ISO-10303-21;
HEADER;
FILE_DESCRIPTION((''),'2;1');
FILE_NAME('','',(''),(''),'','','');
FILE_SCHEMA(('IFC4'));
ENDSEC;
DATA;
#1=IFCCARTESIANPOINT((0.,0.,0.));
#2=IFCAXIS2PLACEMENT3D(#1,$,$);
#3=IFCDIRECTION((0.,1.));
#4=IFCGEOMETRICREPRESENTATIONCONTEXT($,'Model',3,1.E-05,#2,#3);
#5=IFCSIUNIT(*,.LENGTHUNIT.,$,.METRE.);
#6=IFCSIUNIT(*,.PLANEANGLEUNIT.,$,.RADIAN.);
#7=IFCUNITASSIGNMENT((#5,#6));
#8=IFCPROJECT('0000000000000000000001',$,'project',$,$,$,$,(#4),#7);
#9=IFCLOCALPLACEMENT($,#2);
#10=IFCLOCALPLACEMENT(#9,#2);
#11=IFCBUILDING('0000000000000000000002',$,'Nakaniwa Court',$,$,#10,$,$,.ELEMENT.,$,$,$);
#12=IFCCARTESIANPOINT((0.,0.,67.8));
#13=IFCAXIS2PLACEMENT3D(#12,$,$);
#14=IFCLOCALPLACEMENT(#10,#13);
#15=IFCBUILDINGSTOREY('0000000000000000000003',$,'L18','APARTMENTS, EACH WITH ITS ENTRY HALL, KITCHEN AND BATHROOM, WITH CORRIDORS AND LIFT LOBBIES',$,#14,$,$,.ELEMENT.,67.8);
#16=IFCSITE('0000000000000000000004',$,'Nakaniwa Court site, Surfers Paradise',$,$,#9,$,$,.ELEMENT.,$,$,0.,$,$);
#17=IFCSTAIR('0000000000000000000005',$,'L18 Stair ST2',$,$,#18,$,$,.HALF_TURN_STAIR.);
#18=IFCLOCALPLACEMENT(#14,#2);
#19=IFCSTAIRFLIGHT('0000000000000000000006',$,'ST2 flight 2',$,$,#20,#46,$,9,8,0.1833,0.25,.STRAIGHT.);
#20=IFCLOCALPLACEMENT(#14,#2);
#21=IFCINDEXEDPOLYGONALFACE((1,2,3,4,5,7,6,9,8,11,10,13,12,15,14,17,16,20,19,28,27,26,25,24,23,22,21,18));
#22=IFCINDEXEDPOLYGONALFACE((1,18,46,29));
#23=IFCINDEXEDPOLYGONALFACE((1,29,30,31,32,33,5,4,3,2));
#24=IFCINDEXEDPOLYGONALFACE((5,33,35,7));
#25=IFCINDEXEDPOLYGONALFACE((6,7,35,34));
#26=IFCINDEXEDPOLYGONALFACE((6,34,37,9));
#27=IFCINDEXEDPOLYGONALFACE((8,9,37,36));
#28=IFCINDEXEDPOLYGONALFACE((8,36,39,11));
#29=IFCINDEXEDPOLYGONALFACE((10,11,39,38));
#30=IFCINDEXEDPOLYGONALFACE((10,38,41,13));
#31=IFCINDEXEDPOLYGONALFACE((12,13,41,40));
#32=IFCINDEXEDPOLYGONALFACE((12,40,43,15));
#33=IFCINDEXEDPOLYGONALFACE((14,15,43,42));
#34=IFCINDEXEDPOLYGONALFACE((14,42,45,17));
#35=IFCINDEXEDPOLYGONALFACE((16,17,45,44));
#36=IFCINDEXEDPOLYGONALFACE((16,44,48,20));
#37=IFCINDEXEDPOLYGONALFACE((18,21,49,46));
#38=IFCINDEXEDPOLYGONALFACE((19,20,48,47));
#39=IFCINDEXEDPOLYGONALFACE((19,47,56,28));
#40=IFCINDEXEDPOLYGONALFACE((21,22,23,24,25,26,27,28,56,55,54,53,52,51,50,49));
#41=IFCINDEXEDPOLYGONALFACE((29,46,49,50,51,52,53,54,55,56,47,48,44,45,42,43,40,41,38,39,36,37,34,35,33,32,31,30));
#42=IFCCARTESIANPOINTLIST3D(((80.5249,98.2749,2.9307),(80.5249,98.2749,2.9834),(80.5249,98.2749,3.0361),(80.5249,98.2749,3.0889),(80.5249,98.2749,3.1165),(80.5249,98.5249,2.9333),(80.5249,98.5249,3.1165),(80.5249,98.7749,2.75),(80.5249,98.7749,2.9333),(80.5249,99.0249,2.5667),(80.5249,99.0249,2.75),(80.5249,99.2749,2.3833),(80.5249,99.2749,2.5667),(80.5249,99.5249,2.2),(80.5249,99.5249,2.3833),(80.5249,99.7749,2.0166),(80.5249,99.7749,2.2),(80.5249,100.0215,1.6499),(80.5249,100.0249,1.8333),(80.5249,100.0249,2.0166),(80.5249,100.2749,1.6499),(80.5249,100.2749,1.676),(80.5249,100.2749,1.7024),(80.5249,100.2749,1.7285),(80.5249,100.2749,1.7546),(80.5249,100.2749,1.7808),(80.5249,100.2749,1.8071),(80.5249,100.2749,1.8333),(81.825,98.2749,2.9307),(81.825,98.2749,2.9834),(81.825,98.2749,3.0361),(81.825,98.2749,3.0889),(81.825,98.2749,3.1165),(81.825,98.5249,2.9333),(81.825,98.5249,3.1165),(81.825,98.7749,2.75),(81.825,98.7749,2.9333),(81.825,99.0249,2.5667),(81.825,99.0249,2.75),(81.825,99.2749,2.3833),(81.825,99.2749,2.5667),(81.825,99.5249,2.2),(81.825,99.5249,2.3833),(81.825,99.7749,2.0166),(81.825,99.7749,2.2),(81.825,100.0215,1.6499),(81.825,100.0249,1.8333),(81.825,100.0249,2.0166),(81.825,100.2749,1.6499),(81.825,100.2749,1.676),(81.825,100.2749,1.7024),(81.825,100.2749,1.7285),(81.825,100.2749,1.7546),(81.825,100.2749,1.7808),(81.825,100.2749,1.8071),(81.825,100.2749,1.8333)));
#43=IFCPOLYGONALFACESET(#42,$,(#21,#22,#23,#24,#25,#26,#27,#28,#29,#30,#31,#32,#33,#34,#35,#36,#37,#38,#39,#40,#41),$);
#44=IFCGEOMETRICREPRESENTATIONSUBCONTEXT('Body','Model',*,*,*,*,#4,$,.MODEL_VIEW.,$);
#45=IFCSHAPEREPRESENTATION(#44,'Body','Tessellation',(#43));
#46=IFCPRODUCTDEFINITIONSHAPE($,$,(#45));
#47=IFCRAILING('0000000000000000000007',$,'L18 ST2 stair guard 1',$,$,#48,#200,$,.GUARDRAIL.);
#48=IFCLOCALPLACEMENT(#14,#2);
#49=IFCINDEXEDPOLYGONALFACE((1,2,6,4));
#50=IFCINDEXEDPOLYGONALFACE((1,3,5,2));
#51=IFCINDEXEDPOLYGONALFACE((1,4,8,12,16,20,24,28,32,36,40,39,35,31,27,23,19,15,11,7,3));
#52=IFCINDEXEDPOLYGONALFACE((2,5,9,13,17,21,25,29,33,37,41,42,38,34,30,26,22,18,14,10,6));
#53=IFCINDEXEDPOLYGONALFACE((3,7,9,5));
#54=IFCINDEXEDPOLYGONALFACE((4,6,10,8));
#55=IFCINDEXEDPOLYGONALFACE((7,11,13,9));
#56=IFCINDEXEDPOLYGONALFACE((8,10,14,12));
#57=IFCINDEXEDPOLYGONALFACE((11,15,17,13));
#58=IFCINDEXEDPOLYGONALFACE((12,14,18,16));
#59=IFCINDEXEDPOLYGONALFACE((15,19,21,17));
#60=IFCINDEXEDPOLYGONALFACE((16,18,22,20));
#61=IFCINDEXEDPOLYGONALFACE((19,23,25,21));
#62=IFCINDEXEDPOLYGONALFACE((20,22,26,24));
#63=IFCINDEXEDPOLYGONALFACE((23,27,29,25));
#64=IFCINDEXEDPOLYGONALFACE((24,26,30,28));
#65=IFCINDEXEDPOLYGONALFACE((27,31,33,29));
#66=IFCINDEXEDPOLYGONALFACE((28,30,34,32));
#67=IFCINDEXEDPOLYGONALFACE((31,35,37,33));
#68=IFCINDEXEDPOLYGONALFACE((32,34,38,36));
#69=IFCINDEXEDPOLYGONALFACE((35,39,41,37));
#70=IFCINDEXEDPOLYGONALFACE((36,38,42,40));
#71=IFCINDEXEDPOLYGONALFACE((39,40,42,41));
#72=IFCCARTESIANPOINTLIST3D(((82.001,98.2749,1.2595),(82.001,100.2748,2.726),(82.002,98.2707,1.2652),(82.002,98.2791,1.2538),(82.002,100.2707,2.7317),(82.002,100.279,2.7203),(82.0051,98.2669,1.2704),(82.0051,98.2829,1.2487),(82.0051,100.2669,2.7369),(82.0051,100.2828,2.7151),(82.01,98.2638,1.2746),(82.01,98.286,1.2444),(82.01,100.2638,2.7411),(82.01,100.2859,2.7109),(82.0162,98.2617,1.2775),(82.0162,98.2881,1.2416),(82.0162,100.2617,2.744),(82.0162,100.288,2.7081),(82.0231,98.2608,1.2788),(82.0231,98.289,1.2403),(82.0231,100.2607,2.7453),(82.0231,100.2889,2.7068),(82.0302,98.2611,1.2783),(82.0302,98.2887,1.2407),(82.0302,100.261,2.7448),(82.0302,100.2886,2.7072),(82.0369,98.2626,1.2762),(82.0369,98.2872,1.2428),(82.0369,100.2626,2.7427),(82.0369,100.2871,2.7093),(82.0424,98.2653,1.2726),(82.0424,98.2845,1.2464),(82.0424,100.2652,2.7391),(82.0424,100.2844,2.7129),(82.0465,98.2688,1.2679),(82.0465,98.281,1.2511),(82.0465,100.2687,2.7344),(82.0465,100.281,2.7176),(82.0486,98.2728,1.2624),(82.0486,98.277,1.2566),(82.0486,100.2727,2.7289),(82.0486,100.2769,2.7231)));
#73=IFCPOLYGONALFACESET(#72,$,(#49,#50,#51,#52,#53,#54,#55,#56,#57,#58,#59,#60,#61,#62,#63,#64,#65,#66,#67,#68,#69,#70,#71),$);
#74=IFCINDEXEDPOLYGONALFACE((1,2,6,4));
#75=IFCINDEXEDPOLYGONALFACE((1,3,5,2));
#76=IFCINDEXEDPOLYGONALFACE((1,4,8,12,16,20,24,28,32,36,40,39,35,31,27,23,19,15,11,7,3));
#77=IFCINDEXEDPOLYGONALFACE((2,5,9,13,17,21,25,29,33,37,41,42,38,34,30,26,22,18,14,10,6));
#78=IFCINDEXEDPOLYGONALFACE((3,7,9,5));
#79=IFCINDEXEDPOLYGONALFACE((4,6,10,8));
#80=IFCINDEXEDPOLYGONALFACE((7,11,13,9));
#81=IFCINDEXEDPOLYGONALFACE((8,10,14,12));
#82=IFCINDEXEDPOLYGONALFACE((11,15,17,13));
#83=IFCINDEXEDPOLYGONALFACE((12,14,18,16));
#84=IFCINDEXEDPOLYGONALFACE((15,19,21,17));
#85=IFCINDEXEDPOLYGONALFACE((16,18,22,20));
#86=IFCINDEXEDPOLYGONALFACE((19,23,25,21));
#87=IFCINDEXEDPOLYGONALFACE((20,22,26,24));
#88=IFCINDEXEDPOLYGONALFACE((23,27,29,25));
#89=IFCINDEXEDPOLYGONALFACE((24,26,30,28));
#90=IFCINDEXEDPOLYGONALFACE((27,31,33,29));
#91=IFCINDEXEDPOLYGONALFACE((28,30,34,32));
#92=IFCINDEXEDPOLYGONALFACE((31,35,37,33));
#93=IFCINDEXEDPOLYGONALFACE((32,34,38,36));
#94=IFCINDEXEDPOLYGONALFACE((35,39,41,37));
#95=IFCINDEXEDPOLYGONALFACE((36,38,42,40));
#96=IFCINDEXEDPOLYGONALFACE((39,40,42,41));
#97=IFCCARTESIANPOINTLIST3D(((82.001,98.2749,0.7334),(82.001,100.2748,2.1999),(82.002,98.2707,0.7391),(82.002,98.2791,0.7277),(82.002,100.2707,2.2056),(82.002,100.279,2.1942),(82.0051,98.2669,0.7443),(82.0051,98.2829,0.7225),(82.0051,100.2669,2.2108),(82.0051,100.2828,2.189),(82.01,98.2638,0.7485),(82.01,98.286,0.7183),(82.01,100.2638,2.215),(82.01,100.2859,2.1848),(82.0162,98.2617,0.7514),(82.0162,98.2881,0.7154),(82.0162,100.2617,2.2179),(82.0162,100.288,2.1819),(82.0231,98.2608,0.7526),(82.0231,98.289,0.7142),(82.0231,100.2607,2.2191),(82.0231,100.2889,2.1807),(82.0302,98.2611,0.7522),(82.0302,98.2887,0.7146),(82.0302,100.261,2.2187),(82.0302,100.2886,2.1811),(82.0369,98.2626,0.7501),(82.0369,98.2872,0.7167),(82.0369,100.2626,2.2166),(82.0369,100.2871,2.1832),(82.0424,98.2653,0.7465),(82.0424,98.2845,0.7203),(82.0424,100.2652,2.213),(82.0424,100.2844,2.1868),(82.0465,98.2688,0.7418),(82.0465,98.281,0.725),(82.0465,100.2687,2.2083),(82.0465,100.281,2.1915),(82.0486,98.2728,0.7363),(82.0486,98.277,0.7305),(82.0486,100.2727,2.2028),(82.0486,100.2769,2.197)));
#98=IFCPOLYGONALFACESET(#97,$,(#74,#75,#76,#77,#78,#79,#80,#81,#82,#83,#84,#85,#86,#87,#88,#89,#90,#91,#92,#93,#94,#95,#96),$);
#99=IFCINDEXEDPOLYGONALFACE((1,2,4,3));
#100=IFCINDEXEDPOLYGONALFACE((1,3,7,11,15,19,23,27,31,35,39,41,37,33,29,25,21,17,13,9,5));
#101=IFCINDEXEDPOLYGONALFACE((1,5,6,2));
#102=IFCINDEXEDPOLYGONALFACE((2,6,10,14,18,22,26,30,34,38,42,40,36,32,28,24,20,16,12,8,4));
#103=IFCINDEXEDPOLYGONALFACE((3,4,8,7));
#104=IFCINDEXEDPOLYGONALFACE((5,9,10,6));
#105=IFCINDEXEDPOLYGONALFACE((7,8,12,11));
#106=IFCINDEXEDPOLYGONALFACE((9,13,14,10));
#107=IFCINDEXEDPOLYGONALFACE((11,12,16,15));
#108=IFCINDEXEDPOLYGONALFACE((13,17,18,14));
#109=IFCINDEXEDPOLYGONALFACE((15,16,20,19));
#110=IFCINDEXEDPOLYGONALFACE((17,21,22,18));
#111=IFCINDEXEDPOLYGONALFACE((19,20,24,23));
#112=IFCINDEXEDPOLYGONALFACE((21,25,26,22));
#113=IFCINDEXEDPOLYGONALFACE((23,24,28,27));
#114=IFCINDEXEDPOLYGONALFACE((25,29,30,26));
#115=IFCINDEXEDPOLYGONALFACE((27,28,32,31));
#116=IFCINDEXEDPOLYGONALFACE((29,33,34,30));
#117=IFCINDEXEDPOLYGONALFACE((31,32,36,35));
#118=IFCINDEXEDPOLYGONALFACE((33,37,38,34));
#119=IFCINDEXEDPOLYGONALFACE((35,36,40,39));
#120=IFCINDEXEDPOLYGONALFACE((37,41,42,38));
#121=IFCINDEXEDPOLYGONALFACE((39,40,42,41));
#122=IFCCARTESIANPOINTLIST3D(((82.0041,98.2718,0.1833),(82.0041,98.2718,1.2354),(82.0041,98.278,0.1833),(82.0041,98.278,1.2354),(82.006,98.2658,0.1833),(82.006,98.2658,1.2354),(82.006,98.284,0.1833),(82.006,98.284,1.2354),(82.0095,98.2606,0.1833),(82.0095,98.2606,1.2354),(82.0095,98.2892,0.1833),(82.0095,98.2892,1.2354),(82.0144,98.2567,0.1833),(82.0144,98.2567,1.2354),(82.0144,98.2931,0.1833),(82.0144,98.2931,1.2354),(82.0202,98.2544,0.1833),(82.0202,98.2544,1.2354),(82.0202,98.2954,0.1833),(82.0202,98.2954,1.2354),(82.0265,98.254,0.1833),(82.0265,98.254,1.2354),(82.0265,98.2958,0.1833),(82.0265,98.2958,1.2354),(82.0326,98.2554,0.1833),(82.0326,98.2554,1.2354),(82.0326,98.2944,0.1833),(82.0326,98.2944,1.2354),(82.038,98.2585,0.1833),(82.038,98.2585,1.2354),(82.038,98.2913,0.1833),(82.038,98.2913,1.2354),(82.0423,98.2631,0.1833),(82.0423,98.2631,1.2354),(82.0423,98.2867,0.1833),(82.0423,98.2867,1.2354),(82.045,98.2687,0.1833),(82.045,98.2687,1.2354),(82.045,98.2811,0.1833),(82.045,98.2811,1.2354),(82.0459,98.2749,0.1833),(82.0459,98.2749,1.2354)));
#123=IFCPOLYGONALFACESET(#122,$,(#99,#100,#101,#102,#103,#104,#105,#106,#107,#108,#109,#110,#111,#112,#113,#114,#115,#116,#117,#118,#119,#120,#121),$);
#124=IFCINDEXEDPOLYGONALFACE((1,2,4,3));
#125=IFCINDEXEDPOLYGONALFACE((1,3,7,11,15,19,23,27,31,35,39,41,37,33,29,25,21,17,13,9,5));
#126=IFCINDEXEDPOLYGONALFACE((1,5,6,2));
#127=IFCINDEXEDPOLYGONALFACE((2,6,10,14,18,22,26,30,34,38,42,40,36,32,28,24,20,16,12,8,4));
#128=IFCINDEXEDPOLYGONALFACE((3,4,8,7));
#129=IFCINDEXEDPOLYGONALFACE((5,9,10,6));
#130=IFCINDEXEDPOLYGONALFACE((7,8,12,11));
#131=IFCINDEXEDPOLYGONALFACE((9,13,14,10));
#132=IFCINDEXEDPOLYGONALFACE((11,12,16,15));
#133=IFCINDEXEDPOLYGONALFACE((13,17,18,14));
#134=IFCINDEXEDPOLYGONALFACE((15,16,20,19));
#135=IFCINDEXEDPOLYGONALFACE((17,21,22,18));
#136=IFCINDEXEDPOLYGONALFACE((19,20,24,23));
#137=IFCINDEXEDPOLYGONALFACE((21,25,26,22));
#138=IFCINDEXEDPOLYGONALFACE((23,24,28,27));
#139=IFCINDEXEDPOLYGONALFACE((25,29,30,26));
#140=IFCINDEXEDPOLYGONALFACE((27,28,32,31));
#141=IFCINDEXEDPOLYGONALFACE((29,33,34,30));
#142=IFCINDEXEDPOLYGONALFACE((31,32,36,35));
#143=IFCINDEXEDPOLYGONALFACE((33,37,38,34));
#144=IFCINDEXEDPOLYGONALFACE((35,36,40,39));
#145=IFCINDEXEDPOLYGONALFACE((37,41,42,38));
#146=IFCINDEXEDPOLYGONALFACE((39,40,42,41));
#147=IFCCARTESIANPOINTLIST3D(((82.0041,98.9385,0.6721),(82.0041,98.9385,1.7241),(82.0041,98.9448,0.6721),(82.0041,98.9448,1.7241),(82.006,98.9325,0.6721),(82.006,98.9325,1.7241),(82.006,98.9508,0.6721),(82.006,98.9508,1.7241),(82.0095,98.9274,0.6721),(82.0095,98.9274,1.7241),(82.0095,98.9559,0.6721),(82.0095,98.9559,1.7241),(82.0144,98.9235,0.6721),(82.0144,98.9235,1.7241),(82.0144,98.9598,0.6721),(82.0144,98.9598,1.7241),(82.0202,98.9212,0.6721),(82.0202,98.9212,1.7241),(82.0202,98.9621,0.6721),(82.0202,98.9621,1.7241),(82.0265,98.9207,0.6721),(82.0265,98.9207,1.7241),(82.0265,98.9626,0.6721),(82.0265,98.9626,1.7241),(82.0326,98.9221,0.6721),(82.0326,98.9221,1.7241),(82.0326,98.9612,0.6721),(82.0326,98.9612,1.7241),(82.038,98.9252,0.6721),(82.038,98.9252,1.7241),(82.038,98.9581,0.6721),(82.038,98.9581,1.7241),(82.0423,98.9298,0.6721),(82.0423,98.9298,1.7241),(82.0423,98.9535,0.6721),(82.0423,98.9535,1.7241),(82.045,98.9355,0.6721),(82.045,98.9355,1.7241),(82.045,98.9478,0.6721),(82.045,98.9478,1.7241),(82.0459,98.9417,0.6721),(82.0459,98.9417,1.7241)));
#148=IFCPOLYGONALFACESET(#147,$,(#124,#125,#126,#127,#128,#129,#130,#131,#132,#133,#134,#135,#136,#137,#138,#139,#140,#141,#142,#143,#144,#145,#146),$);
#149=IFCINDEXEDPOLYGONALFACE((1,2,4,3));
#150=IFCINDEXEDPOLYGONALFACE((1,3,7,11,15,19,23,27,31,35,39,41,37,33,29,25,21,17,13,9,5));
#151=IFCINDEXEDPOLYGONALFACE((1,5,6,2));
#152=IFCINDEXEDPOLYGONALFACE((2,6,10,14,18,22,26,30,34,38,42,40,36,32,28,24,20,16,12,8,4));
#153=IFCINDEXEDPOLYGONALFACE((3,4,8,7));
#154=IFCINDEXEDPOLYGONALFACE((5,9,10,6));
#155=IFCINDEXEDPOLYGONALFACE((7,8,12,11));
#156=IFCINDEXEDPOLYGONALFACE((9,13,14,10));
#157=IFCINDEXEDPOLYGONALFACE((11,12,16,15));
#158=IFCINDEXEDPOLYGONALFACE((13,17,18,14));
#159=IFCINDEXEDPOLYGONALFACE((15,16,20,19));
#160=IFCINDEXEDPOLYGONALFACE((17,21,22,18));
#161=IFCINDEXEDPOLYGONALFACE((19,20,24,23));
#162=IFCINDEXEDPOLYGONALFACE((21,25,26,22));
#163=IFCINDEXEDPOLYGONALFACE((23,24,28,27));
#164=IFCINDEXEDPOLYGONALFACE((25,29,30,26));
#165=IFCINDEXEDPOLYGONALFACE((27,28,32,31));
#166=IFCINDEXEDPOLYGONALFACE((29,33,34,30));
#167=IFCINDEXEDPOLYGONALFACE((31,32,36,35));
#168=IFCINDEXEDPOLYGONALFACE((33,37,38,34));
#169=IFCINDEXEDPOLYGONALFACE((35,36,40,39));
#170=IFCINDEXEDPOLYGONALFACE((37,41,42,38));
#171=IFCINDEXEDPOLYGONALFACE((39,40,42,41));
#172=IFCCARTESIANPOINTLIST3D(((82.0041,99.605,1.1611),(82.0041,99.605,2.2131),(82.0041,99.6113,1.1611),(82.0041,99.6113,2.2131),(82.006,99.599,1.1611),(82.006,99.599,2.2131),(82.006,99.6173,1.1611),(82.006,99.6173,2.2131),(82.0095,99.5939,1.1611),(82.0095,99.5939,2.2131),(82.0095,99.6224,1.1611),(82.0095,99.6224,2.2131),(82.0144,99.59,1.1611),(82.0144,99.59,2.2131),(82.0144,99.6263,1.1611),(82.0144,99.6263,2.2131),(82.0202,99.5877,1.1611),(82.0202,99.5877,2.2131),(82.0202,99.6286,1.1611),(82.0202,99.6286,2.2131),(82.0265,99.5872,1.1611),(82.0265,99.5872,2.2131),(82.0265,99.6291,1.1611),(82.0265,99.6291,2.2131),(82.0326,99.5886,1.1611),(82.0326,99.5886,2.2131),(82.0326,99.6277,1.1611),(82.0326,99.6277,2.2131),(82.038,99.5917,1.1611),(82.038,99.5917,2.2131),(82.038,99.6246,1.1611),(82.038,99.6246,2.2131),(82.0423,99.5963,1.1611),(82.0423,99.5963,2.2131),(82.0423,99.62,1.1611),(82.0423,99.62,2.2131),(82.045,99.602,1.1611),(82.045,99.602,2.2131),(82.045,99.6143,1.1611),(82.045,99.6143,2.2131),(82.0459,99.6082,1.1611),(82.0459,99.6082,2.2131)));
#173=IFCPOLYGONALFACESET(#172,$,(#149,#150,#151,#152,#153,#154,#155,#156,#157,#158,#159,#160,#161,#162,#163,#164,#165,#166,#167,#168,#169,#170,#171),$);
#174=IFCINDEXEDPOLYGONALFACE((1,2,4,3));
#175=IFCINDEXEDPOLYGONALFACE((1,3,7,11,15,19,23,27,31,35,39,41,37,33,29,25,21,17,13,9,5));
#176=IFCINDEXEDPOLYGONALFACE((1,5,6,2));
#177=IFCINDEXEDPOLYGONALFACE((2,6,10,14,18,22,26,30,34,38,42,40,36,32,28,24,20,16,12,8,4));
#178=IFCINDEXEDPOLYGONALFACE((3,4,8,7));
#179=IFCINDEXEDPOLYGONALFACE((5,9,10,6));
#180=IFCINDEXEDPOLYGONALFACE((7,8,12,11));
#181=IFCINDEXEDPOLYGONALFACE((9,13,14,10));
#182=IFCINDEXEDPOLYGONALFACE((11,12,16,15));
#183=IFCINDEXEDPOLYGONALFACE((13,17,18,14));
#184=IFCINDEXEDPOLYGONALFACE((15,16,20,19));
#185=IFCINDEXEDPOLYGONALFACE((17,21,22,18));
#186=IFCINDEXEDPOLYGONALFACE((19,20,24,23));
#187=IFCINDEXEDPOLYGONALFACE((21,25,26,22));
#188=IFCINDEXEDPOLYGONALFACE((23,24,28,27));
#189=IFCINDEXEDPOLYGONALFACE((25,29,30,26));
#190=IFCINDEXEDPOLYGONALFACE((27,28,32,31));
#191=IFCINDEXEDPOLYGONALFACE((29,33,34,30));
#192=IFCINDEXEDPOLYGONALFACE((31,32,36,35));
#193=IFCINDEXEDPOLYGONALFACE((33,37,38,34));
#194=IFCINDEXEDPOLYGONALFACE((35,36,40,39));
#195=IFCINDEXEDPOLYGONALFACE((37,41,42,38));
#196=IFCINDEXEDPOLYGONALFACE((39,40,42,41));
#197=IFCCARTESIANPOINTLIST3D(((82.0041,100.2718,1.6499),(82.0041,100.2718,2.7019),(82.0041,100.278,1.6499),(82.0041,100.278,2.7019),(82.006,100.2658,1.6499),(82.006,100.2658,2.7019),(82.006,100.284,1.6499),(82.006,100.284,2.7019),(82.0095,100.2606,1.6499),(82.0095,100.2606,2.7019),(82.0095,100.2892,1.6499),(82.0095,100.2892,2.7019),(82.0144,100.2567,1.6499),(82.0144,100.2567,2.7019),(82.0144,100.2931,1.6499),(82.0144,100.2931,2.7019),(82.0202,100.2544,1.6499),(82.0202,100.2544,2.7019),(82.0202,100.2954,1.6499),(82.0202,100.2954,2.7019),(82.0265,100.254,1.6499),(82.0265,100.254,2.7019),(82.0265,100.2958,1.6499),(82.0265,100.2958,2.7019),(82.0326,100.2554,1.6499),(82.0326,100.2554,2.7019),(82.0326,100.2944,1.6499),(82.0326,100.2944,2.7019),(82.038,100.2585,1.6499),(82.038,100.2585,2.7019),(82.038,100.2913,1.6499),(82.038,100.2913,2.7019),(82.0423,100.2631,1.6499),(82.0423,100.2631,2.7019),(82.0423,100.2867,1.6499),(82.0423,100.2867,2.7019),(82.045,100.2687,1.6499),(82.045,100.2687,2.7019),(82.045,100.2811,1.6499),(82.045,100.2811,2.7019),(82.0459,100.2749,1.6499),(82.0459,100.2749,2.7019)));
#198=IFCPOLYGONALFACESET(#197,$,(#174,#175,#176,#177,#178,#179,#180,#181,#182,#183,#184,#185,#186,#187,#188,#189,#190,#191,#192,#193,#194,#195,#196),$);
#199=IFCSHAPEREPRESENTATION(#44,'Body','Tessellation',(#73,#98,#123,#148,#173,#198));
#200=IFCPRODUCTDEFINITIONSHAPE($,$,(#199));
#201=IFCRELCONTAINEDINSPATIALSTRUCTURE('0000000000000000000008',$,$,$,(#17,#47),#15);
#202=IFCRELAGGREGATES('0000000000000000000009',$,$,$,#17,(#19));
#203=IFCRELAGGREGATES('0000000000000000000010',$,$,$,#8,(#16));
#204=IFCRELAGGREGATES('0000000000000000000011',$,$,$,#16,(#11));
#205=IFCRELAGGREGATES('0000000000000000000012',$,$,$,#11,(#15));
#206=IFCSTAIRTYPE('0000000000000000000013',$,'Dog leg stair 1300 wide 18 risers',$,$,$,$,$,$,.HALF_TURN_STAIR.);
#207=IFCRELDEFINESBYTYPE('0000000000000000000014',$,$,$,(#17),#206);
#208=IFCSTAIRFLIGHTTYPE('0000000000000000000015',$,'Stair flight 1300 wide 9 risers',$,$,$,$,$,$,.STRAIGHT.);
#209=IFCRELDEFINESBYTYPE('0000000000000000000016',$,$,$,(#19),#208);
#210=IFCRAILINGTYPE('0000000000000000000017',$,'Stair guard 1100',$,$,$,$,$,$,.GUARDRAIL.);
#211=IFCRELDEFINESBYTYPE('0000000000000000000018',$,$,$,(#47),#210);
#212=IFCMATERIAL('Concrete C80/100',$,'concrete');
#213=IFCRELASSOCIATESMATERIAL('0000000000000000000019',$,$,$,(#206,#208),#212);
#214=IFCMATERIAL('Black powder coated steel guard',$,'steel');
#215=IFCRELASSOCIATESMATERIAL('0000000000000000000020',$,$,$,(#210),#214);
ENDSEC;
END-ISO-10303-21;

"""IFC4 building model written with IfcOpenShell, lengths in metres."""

from ifc_helpers import new_model, si_unit, direction, frame, origin, origin_2d, place, context, subcontext, project, spatial, polyline, circle, outline, extrude, material, type_object, element, aggregate, save


model = new_model("IFC4")

# Units and contexts
model_context = context("Model", 3, precision=1e-05, world=origin(), true_north=direction((0.0, 1.0)))
body_context = subcontext(model_context, "Body", "Model", "MODEL_VIEW")
ifc_project = project(units=[si_unit("LENGTHUNIT", "METRE"), si_unit("PLANEANGLEUNIT", "RADIAN")], contexts=[model_context])

# Site, building, storey
site_placement = place(None, origin())
site = spatial("IfcSite", under=ifc_project, at=site_placement, Name="Nakaniwa Court site, Surfers Paradise", CompositionType="ELEMENT", RefElevation=0.0)
building_placement = place(site_placement, origin())
building = spatial("IfcBuilding", under=site, at=building_placement, Name="Nakaniwa Court", CompositionType="ELEMENT")
storey_placement = place(building_placement, frame((0.0, 0.0, 67.8)))
storey = spatial("IfcBuildingStorey", under=building, at=storey_placement, Name="L18", Description="APARTMENTS, EACH WITH ITS ENTRY HALL, KITCHEN AND BATHROOM, WITH CORRIDORS AND LIFT LOBBIES", CompositionType="ELEMENT", Elevation=67.8)

# Shared definitions
ifc_material_1 = material(Name="Concrete C80/100", Category="concrete")

# Stair, stair flight
stair_type = type_object("IfcStairType", Name="Dog leg stair 1300 wide 18 risers", PredefinedType="HALF_TURN_STAIR", material=ifc_material_1)
stair_placement = place(storey_placement, origin())
stair = element("IfcStair", 1, at=stair_placement, inside=storey, type_object=stair_type, Name="L18 Stair ST2", PredefinedType="HALF_TURN_STAIR")
stair_flight_type = type_object("IfcStairFlightType", Name="Stair flight 1300 wide 9 risers", PredefinedType="STRAIGHT", material=ifc_material_1)
stair_flight_1_placement = place(storey_placement, frame((81.175, 100.2749, 1.6499), z_axis=(0.0, 0.0, 1.0), x_axis=(0.0, -1.0, 0.0)))
stair_flight_1 = element("IfcStairFlight", 2, at=stair_flight_1_placement, type_object=stair_flight_type, Name="ST2 flight 2", NumberOfRisers=9, NumberOfTreads=8, PredefinedType="STRAIGHT", RiserHeight=0.1833, TreadLength=0.25, context=body_context, shape_type="SweptSolid", body=[
    extrude(outline(polyline([(0.0, 0.0), (0.0, 0.0261), (0.0, 0.0525), (0.0, 0.0786), (0.0, 0.1047), (0.0, 0.1309), (0.0, 0.1572), (0.0, 0.1833), (0.25, 0.1833), (0.25, 0.3667), (0.5, 0.3667), (0.5, 0.55), (0.75, 0.55), (0.75, 0.7334), (1.0, 0.7334), (1.0, 0.9167), (1.25, 0.9167), (1.25, 1.1001), (1.5, 1.1001), (1.5, 1.2834), (1.75, 1.2834), (1.75, 1.4666), (2.0, 1.4666), (2.0, 1.6499), (2.0, 1.5972), (2.0, 1.5444), (2.0, 1.4917), (2.0, 1.439), (2.0, 1.3862), (2.0, 1.3335), (2.0, 1.2808), (0.2534, 0.0), (0.0, 0.0)])), frame((0.0, 0.6499, 0.0), z_axis=(0.0, -1.0, 0.0), x_axis=(1.0, 0.0, 0.0)), (0.0, 0.0, 1.0), 1.3),
])
aggregate(stair, [stair_flight_1])

# Railing
ifc_material_2 = material(Name="Black powder coated steel guard", Category="steel")
railing_type_1 = type_object("IfcRailingType", Name="Stair guard 1100", PredefinedType="GUARDRAIL", material=ifc_material_2)
railing_1_placement = place(storey_placement, frame((82.0249, 98.2749, 0.1833)))
element("IfcRailing", 3, at=railing_1_placement, inside=storey, type_object=railing_type_1, Name="L18 ST2 stair guard 1", PredefinedType="GUARDRAIL", context=body_context, shape_type="SweptSolid", body=[
    extrude(circle(Radius=0.0239, at=origin_2d()), frame((0.0, 0.0, 1.0762), z_axis=(0.0, 0.806427, 0.591334), x_axis=(-1.0, 0.0, 0.0)), (0.0, 0.0, 1.0), 2.48),
    extrude(circle(Radius=0.0239, at=origin_2d()), frame((0.0, 0.0, 0.55), z_axis=(0.0, 0.806427, 0.591334), x_axis=(-1.0, 0.0, 0.0)), (0.0, 0.0, 1.0), 2.48),
    extrude(circle(Radius=0.021, at=origin_2d()), origin(), (0.0, 0.0, 1.0), 1.052),
    extrude(circle(Radius=0.021, at=origin_2d()), frame((0.0, 0.6667, 0.4888)), (0.0, 0.0, 1.0), 1.052),
    extrude(circle(Radius=0.021, at=origin_2d()), frame((0.0, 1.3333, 0.9778)), (0.0, 0.0, 1.0), 1.052),
    extrude(circle(Radius=0.021, at=origin_2d()), frame((0.0, 2.0, 1.4666)), (0.0, 0.0, 1.0), 1.052),
])

save(model, "model.ifc")
